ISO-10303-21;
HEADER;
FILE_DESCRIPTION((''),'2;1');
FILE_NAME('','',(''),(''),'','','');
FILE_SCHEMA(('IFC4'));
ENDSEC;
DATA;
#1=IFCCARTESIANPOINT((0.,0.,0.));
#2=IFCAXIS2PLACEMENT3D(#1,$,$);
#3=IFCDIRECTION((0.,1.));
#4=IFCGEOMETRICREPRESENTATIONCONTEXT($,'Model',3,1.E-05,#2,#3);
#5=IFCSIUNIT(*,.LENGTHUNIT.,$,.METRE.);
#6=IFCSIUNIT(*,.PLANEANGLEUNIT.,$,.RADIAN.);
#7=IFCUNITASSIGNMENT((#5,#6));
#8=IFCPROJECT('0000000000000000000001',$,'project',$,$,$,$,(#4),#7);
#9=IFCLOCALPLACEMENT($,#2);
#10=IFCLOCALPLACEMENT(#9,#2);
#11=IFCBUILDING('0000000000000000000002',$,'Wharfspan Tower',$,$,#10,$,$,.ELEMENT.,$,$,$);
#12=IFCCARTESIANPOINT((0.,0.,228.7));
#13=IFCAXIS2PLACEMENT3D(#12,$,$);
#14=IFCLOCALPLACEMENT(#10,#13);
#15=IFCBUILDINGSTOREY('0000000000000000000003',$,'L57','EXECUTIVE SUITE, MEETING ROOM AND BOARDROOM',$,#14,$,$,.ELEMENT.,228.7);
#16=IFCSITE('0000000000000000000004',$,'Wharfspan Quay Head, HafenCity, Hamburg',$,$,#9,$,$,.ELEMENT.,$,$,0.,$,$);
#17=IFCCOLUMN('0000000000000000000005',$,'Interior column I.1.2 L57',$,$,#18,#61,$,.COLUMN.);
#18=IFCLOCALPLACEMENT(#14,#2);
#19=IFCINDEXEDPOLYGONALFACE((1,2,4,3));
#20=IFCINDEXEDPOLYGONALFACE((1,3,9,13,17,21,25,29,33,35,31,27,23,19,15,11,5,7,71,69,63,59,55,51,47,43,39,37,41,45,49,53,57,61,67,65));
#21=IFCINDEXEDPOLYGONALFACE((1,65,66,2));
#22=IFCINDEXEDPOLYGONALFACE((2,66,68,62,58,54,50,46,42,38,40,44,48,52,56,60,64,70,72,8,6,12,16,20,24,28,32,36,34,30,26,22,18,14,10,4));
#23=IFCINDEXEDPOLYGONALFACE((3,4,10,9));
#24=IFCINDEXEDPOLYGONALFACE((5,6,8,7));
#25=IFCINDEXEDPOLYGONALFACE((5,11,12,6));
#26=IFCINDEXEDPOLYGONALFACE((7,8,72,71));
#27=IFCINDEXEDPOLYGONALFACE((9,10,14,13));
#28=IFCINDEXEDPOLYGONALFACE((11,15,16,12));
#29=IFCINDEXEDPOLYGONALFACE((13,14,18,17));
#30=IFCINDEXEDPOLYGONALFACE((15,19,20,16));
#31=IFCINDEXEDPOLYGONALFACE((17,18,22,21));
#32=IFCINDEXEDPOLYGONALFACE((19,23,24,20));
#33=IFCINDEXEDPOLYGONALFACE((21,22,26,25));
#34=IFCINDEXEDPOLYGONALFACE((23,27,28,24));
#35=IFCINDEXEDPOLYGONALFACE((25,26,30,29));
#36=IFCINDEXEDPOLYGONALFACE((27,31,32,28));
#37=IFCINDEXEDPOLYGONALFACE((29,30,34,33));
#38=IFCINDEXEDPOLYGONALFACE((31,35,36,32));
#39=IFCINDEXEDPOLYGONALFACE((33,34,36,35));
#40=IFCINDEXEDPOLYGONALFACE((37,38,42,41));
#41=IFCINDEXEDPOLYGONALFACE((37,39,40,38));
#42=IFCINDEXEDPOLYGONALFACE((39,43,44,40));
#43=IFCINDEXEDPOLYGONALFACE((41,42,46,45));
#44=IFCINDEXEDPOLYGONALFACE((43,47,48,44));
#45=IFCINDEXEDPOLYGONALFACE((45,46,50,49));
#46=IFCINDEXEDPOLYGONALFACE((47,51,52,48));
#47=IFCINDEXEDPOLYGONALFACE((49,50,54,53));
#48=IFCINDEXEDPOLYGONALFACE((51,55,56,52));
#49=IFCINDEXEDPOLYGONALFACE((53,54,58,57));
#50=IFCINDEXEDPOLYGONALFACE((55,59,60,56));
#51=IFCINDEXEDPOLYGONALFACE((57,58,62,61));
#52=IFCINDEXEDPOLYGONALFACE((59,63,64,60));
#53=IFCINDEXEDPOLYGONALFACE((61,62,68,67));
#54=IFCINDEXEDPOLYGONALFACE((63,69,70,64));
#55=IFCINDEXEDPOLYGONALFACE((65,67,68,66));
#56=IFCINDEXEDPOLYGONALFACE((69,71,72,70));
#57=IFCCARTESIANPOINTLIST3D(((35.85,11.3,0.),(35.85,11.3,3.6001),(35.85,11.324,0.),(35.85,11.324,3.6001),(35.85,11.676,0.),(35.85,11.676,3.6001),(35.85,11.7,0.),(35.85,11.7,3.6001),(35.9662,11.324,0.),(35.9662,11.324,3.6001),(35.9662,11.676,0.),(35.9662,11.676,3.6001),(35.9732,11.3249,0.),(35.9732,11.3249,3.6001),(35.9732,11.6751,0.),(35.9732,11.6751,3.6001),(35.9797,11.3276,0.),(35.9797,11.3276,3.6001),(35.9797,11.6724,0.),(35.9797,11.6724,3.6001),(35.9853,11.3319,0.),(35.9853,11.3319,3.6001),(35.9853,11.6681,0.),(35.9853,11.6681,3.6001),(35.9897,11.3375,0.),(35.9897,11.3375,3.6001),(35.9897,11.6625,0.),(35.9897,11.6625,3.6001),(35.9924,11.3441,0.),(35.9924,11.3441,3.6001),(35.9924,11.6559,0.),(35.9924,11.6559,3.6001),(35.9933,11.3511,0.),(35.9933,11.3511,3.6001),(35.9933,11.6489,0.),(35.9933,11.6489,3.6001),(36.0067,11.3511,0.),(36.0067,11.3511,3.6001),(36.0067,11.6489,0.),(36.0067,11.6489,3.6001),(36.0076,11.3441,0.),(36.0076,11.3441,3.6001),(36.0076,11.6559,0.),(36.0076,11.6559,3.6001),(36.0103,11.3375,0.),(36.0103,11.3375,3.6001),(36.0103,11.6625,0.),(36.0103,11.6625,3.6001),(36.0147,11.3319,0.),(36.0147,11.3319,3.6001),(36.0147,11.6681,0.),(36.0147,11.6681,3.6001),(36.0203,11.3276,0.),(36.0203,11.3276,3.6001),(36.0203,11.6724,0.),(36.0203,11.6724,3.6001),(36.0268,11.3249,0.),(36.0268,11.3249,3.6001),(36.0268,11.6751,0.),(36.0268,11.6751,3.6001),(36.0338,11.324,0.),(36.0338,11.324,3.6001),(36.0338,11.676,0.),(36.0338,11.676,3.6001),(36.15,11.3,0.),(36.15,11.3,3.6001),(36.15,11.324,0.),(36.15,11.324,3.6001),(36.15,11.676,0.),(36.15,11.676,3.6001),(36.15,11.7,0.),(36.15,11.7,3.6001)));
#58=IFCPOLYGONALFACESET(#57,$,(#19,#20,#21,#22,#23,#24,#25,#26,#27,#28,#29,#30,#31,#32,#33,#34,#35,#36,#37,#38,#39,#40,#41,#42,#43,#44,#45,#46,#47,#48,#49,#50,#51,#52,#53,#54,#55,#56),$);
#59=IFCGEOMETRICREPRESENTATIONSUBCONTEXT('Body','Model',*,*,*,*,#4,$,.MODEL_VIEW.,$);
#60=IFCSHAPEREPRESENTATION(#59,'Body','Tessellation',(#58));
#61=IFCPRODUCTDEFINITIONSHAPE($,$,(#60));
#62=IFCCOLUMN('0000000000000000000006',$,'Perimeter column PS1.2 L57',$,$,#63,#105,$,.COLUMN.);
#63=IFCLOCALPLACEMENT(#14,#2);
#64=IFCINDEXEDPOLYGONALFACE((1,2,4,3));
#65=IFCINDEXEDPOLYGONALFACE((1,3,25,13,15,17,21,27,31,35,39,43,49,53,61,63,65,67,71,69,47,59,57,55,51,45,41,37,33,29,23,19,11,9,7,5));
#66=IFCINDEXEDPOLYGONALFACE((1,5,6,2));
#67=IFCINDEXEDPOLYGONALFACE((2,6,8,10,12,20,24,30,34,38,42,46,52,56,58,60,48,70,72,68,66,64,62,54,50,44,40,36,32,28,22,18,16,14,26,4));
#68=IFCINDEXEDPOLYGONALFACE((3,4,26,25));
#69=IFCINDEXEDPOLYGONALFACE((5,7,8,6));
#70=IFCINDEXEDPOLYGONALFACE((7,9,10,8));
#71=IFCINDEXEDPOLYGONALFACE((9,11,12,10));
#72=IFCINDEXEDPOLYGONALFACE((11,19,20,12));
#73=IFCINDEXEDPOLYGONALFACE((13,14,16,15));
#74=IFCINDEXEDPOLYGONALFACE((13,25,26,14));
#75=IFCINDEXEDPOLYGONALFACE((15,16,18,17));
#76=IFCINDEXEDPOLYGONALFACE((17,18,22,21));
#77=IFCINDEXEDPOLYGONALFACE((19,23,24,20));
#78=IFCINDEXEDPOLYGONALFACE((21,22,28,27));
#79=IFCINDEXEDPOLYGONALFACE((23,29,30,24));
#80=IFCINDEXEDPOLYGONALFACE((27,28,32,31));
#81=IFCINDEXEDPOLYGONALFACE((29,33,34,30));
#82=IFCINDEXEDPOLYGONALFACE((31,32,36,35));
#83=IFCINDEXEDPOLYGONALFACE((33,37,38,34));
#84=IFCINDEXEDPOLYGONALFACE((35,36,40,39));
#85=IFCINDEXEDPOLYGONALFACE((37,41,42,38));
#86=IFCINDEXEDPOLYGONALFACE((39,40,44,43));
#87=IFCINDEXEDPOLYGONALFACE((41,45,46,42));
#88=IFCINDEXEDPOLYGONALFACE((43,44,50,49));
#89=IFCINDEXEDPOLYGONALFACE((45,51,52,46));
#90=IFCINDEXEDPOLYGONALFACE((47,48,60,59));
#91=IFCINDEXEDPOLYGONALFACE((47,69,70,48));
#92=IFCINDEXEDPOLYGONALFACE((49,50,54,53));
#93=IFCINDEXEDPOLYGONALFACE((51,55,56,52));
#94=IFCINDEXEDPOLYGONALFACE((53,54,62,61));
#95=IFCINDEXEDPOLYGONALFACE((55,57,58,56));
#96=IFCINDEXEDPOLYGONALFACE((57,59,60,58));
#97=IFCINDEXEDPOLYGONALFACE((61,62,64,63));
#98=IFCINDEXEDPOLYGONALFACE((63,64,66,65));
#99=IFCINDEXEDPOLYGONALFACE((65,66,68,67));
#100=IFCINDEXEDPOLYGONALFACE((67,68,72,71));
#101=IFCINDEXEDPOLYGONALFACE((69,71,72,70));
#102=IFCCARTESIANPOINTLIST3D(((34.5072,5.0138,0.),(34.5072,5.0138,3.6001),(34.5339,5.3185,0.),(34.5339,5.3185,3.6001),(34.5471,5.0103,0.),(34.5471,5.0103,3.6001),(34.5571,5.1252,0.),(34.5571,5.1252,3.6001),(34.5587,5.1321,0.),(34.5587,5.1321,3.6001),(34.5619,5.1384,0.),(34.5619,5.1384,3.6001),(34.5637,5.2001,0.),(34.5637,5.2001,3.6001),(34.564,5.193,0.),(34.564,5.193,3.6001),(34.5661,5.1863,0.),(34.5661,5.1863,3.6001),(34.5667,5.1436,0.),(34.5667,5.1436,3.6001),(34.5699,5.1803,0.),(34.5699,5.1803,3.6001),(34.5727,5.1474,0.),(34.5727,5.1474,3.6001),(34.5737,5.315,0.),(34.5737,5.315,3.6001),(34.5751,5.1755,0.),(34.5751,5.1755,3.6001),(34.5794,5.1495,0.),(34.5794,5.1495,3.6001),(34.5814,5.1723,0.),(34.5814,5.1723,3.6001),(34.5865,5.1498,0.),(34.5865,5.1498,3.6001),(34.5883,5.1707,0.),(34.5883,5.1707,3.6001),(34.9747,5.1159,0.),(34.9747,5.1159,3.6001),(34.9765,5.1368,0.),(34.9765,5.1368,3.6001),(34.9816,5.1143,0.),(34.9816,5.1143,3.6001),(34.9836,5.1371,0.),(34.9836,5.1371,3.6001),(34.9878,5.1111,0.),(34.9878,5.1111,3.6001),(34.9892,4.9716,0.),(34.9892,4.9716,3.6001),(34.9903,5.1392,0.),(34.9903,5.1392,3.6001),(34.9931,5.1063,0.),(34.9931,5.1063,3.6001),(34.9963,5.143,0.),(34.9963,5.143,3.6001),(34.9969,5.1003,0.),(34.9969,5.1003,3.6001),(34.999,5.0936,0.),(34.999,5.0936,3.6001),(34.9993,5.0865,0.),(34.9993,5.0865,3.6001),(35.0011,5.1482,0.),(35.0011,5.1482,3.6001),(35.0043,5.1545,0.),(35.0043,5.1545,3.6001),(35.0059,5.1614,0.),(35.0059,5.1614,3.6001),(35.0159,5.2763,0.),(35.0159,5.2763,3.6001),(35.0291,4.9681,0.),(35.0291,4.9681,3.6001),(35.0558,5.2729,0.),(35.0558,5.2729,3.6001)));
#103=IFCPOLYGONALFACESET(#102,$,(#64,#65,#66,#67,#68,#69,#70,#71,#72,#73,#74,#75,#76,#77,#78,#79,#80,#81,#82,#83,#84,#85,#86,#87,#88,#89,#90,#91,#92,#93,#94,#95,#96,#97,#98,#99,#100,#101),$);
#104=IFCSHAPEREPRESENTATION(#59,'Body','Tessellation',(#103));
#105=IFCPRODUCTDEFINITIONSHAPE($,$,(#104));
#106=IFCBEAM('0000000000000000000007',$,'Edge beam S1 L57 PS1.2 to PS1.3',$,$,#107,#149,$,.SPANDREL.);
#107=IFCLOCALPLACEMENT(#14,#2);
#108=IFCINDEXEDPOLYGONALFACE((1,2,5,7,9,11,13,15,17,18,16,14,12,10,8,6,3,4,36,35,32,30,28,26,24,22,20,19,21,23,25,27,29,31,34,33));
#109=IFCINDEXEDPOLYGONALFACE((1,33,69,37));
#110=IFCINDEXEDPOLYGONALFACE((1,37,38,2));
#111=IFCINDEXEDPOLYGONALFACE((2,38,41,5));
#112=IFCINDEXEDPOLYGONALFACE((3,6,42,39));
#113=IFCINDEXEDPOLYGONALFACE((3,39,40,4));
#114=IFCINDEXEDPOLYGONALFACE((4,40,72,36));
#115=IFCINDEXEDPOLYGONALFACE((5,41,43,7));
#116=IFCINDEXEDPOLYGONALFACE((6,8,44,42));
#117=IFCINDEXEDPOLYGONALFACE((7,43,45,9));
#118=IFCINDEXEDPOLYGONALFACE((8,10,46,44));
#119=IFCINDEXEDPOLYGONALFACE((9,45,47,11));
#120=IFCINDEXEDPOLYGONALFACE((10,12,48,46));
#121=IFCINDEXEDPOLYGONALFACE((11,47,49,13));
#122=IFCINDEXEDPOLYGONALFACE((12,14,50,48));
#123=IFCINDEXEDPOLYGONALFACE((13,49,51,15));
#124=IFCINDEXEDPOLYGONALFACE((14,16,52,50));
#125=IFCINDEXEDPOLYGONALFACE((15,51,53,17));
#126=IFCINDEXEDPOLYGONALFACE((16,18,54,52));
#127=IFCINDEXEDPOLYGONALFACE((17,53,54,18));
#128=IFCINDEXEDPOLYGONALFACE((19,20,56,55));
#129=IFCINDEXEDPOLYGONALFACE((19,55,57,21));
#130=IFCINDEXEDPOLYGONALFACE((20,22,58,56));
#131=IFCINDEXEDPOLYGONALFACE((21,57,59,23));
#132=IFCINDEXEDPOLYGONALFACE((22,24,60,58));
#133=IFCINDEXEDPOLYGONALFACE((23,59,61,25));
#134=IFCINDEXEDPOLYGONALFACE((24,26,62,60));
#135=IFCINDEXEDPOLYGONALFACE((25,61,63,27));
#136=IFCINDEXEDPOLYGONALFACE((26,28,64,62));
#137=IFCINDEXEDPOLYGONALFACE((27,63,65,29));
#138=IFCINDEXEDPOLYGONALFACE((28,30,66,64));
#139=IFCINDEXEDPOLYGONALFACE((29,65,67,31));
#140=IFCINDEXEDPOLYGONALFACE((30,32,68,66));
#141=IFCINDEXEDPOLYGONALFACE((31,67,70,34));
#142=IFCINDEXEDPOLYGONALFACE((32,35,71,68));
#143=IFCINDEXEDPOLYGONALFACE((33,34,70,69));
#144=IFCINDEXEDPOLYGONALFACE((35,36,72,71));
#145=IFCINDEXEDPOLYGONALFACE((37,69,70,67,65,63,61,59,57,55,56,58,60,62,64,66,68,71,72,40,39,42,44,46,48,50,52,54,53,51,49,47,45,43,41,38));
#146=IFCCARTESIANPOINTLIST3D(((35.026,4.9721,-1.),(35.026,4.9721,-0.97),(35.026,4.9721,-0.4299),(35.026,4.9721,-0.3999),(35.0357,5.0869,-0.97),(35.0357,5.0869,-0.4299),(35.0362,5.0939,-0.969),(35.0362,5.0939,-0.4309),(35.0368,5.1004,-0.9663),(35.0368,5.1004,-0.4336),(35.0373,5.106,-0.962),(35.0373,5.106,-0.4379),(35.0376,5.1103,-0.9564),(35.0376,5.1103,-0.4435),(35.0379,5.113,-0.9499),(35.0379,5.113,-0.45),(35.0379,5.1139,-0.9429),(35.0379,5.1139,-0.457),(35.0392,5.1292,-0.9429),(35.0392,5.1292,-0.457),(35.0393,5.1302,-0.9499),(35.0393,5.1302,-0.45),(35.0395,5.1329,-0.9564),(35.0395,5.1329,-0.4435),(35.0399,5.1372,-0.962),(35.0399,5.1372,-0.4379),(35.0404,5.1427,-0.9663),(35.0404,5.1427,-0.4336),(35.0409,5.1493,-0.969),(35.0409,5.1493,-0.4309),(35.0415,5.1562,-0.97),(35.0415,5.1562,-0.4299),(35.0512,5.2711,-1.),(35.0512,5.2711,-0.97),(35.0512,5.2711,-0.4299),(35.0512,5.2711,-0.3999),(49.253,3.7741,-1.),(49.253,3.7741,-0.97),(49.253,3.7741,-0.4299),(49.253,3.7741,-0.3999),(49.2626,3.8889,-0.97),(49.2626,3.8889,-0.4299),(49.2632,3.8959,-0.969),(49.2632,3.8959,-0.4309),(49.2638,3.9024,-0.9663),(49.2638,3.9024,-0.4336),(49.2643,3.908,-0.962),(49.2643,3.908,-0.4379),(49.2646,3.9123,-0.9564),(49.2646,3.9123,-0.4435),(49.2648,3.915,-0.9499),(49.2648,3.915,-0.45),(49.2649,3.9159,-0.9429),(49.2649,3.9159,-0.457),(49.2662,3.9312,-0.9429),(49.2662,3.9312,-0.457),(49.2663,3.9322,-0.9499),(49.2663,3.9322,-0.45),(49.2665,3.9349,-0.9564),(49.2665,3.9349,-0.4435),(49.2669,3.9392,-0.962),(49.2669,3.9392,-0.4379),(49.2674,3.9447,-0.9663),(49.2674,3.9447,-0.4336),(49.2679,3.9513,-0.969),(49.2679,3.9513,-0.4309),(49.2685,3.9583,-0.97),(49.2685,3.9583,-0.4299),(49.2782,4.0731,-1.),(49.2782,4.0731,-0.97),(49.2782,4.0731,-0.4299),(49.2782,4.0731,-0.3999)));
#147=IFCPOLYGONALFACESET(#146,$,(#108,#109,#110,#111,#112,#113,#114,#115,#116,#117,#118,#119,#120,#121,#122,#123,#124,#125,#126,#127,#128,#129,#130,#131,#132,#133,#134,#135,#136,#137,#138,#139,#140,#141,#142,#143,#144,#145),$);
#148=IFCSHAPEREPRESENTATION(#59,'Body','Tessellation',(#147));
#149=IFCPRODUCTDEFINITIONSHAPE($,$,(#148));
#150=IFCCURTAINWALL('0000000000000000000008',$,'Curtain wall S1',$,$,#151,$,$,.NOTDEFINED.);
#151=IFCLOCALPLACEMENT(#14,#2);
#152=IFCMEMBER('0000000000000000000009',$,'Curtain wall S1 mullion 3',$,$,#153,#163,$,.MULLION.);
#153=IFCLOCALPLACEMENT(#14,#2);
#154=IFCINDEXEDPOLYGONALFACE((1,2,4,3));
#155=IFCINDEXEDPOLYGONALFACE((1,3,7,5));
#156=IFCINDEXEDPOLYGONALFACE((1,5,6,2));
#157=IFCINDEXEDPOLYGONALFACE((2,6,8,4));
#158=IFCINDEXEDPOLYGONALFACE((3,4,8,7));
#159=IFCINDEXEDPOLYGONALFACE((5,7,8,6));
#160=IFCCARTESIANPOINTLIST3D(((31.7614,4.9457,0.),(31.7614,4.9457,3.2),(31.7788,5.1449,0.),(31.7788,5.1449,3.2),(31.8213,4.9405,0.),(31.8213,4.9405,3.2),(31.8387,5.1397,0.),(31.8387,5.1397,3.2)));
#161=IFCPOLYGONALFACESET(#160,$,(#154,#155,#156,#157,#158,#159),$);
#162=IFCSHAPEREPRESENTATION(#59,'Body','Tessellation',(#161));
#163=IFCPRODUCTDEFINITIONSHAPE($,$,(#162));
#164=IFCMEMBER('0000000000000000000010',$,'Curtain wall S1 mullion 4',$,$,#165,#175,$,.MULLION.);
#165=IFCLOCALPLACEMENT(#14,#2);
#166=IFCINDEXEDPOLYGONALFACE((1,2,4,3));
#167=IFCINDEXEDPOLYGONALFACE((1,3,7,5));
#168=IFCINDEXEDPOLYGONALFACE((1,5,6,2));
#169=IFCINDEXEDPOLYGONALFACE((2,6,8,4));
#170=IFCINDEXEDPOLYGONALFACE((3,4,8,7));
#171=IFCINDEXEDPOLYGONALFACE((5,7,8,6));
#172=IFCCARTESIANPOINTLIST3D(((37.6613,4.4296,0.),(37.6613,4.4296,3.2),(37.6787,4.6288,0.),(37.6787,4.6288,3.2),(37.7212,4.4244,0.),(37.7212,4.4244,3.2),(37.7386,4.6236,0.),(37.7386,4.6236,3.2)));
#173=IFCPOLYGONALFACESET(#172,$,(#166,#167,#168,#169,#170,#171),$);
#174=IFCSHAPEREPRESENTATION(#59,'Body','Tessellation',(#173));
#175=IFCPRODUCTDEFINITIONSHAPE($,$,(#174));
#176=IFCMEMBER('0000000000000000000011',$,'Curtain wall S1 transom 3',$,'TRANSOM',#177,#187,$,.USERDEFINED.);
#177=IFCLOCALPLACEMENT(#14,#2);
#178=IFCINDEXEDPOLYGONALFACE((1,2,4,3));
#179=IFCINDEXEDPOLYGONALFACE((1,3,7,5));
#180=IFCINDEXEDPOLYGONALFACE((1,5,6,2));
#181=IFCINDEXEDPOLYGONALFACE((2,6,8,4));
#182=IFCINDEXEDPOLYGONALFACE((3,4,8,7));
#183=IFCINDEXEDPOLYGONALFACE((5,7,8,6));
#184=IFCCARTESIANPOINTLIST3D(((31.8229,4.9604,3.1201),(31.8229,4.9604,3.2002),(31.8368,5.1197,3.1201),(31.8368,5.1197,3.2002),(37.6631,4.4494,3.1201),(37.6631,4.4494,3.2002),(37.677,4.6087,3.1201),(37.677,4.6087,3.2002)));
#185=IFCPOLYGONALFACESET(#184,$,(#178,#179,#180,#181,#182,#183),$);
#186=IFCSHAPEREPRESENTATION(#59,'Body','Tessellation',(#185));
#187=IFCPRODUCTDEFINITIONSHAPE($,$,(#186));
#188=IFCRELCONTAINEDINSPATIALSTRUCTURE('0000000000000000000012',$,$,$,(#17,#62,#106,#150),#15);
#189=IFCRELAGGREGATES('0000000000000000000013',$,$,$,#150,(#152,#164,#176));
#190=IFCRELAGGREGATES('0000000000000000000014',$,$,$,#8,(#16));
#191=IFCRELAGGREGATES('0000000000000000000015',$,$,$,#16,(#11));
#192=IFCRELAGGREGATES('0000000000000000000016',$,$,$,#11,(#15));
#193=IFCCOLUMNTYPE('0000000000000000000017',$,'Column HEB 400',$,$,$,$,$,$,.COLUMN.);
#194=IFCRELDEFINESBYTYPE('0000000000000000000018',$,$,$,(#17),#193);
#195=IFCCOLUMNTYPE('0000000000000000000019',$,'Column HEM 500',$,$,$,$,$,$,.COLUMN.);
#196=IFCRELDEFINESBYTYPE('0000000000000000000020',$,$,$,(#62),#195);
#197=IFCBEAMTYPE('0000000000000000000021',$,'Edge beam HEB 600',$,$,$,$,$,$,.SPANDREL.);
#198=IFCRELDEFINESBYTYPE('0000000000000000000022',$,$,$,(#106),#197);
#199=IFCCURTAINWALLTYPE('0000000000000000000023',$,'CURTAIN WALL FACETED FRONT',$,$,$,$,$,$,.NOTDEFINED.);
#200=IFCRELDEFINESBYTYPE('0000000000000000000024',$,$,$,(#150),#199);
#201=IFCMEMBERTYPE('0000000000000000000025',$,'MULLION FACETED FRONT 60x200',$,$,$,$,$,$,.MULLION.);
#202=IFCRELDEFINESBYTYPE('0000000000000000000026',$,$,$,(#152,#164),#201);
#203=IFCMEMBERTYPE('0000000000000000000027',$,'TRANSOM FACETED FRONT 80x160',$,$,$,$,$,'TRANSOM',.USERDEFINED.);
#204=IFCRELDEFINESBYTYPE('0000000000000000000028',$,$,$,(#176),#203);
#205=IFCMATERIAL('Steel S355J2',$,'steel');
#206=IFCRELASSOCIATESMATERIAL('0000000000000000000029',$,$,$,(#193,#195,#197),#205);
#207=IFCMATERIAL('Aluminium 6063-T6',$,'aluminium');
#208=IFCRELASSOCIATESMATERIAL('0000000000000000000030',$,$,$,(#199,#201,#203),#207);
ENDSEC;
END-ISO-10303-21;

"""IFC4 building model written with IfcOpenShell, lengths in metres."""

from ifc_helpers import new_model, si_unit, direction, frame, origin, origin_2d, place, context, subcontext, project, spatial, rectangle, i_section, extrude, material, material_profile, profile_set, type_object, element, aggregate, save


model = new_model("IFC4")

# Units and contexts
model_context = context("Model", 3, precision=1e-05, world=origin(), true_north=direction((0.0, 1.0)))
body_context = subcontext(model_context, "Body", "Model", "MODEL_VIEW")
ifc_project = project(units=[si_unit("LENGTHUNIT", "METRE"), si_unit("PLANEANGLEUNIT", "RADIAN")], contexts=[model_context])

# Site, building, storey
site_placement = place(None, origin())
site = spatial("IfcSite", under=ifc_project, at=site_placement, Name="Wharfspan Quay Head, HafenCity, Hamburg", CompositionType="ELEMENT", RefElevation=0.0)
building_placement = place(site_placement, origin())
building = spatial("IfcBuilding", under=site, at=building_placement, Name="Wharfspan Tower", CompositionType="ELEMENT")
storey_placement = place(building_placement, frame((0.0, 0.0, 228.7)))
storey = spatial("IfcBuildingStorey", under=building, at=storey_placement, Name="L57", Description="EXECUTIVE SUITE, MEETING ROOM AND BOARDROOM", CompositionType="ELEMENT", Elevation=228.7)

# Columns
ifc_material_1 = material(Name="Steel S355J2", Category="steel")
ifc_material_profile_1 = material_profile(ifc_material_1, i_section(OverallWidth=0.3, OverallDepth=0.3999, WebThickness=0.0134, FlangeThickness=0.0239, FilletRadius=0.0271, at=origin_2d()))
ifc_profile_set_1 = profile_set([ifc_material_profile_1], Name="Steel S355J2")
column_type_1 = type_object("IfcColumnType", Name="Column HEB 400", PredefinedType="COLUMN", material=ifc_profile_set_1)
column_1_placement = place(storey_placement, frame((36.0, 11.5, 0.0), z_axis=(0.0, 0.0, 1.0), x_axis=(1.0, 0.0, 0.0)))
element("IfcColumn", 1, at=column_1_placement, inside=storey, type_object=column_type_1, Name="Interior column I.1.2 L57", PredefinedType="COLUMN", context=body_context, shape_type="SweptSolid", body=[
    extrude(i_section(OverallWidth=0.3, OverallDepth=0.3999, WebThickness=0.0134, FlangeThickness=0.0239, FilletRadius=0.0271, at=origin_2d()), origin(), (0.0, 0.0, 1.0), 3.6001),
])
ifc_material_profile_2 = material_profile(ifc_material_1, i_section(OverallWidth=0.3059, OverallDepth=0.5239, WebThickness=0.021, FlangeThickness=0.04, FilletRadius=0.0271, at=origin_2d()))
ifc_profile_set_2 = profile_set([ifc_material_profile_2], Name="Steel S355J2")
column_type_2 = type_object("IfcColumnType", Name="Column HEM 500", PredefinedType="COLUMN", material=ifc_profile_set_2)
column_2_placement = place(storey_placement, frame((34.7815, 5.1433, 0.0), z_axis=(0.0, 0.0, 1.0), x_axis=(-0.087156, -0.996197, 0.0)))
element("IfcColumn", 2, at=column_2_placement, inside=storey, type_object=column_type_2, Name="Perimeter column PS1.2 L57", PredefinedType="COLUMN", context=body_context, shape_type="SweptSolid", body=[
    extrude(i_section(OverallWidth=0.3059, OverallDepth=0.5239, WebThickness=0.021, FlangeThickness=0.04, FilletRadius=0.0271, at=origin_2d()), origin(), (0.0, 0.0, 1.0), 3.6001),
])

# Beam
ifc_material_profile_3 = material_profile(ifc_material_1, i_section(OverallWidth=0.3, OverallDepth=0.6001, WebThickness=0.0154, FlangeThickness=0.03, FilletRadius=0.0271, at=origin_2d()))
ifc_profile_set_3 = profile_set([ifc_material_profile_3], Name="Steel S355J2")
beam_type = type_object("IfcBeamType", Name="Edge beam HEB 600", PredefinedType="SPANDREL", material=ifc_profile_set_3)
beam_placement = place(storey_placement, frame((35.0386, 5.1216, -0.7), z_axis=(0.996473, -0.083909, 0.0), x_axis=(0.083909, 0.996473, 0.0)))
element("IfcBeam", 3, at=beam_placement, inside=storey, type_object=beam_type, Name="Edge beam S1 L57 PS1.2 to PS1.3", PredefinedType="SPANDREL", context=body_context, shape_type="SweptSolid", body=[
    extrude(i_section(OverallWidth=0.3, OverallDepth=0.6001, WebThickness=0.0154, FlangeThickness=0.03, FilletRadius=0.0271, at=origin_2d()), origin(), (0.0, 0.0, 1.0), 14.2773),
])

# Curtain wall, members
ifc_material_2 = material(Name="Aluminium 6063-T6", Category="aluminium")
curtain_wall_type = type_object("IfcCurtainWallType", Name="CURTAIN WALL FACETED FRONT", PredefinedType="NOTDEFINED", material=ifc_material_2)
curtain_wall_placement = place(storey_placement, origin())
curtain_wall = element("IfcCurtainWall", 4, at=curtain_wall_placement, inside=storey, type_object=curtain_wall_type, Name="Curtain wall S1", PredefinedType="NOTDEFINED")
ifc_material_profile_4 = material_profile(ifc_material_2, rectangle(XDim=0.2, YDim=0.0601, at=origin_2d()))
ifc_profile_set_4 = profile_set([ifc_material_profile_4], Name="Aluminium 6063-T6")
member_type_1 = type_object("IfcMemberType", Name="MULLION FACETED FRONT 60x200", PredefinedType="MULLION", material=ifc_profile_set_4)
member_1_placement = place(storey_placement, frame((31.8, 5.0427, 0.0), z_axis=(0.0, 0.0, 1.0), x_axis=(0.087156, 0.996197, 0.0)))
member_1 = element("IfcMember", 5, at=member_1_placement, type_object=member_type_1, Name="Curtain wall S1 mullion 3", PredefinedType="MULLION", context=body_context, shape_type="SweptSolid", body=[
    extrude(rectangle(XDim=0.2, YDim=0.0601, at=origin_2d()), origin(), (0.0, 0.0, 1.0), 3.2),
])
member_2_placement = place(storey_placement, frame((37.7, 4.5266, 0.0), z_axis=(0.0, 0.0, 1.0), x_axis=(0.087156, 0.996197, 0.0)))
member_2 = element("IfcMember", 6, at=member_2_placement, type_object=member_type_1, Name="Curtain wall S1 mullion 4", PredefinedType="MULLION", context=body_context, shape_type="SweptSolid", body=[
    extrude(rectangle(XDim=0.2, YDim=0.0601, at=origin_2d()), origin(), (0.0, 0.0, 1.0), 3.2),
])
ifc_material_profile_5 = material_profile(ifc_material_2, rectangle(XDim=0.1599, YDim=0.0801, at=origin_2d()))
ifc_profile_set_5 = profile_set([ifc_material_profile_5], Name="Aluminium 6063-T6")
member_type_2 = type_object("IfcMemberType", Name="TRANSOM FACETED FRONT 80x160", ElementType="TRANSOM", PredefinedType="USERDEFINED", material=ifc_profile_set_5)
member_3_placement = place(storey_placement, frame((31.8298, 5.04, 3.1602), z_axis=(0.996194, -0.08716, 0.0), x_axis=(0.08716, 0.996194, 0.0)))
member_3 = element("IfcMember", 7, at=member_3_placement, type_object=member_type_2, Name="Curtain wall S1 transom 3", ObjectType="TRANSOM", PredefinedType="USERDEFINED", context=body_context, shape_type="SweptSolid", body=[
    extrude(rectangle(XDim=0.1599, YDim=0.0801, at=origin_2d()), origin(), (0.0, 0.0, 1.0), 5.8625),
])
aggregate(curtain_wall, [member_1, member_2, member_3])

save(model, "model.ifc")
